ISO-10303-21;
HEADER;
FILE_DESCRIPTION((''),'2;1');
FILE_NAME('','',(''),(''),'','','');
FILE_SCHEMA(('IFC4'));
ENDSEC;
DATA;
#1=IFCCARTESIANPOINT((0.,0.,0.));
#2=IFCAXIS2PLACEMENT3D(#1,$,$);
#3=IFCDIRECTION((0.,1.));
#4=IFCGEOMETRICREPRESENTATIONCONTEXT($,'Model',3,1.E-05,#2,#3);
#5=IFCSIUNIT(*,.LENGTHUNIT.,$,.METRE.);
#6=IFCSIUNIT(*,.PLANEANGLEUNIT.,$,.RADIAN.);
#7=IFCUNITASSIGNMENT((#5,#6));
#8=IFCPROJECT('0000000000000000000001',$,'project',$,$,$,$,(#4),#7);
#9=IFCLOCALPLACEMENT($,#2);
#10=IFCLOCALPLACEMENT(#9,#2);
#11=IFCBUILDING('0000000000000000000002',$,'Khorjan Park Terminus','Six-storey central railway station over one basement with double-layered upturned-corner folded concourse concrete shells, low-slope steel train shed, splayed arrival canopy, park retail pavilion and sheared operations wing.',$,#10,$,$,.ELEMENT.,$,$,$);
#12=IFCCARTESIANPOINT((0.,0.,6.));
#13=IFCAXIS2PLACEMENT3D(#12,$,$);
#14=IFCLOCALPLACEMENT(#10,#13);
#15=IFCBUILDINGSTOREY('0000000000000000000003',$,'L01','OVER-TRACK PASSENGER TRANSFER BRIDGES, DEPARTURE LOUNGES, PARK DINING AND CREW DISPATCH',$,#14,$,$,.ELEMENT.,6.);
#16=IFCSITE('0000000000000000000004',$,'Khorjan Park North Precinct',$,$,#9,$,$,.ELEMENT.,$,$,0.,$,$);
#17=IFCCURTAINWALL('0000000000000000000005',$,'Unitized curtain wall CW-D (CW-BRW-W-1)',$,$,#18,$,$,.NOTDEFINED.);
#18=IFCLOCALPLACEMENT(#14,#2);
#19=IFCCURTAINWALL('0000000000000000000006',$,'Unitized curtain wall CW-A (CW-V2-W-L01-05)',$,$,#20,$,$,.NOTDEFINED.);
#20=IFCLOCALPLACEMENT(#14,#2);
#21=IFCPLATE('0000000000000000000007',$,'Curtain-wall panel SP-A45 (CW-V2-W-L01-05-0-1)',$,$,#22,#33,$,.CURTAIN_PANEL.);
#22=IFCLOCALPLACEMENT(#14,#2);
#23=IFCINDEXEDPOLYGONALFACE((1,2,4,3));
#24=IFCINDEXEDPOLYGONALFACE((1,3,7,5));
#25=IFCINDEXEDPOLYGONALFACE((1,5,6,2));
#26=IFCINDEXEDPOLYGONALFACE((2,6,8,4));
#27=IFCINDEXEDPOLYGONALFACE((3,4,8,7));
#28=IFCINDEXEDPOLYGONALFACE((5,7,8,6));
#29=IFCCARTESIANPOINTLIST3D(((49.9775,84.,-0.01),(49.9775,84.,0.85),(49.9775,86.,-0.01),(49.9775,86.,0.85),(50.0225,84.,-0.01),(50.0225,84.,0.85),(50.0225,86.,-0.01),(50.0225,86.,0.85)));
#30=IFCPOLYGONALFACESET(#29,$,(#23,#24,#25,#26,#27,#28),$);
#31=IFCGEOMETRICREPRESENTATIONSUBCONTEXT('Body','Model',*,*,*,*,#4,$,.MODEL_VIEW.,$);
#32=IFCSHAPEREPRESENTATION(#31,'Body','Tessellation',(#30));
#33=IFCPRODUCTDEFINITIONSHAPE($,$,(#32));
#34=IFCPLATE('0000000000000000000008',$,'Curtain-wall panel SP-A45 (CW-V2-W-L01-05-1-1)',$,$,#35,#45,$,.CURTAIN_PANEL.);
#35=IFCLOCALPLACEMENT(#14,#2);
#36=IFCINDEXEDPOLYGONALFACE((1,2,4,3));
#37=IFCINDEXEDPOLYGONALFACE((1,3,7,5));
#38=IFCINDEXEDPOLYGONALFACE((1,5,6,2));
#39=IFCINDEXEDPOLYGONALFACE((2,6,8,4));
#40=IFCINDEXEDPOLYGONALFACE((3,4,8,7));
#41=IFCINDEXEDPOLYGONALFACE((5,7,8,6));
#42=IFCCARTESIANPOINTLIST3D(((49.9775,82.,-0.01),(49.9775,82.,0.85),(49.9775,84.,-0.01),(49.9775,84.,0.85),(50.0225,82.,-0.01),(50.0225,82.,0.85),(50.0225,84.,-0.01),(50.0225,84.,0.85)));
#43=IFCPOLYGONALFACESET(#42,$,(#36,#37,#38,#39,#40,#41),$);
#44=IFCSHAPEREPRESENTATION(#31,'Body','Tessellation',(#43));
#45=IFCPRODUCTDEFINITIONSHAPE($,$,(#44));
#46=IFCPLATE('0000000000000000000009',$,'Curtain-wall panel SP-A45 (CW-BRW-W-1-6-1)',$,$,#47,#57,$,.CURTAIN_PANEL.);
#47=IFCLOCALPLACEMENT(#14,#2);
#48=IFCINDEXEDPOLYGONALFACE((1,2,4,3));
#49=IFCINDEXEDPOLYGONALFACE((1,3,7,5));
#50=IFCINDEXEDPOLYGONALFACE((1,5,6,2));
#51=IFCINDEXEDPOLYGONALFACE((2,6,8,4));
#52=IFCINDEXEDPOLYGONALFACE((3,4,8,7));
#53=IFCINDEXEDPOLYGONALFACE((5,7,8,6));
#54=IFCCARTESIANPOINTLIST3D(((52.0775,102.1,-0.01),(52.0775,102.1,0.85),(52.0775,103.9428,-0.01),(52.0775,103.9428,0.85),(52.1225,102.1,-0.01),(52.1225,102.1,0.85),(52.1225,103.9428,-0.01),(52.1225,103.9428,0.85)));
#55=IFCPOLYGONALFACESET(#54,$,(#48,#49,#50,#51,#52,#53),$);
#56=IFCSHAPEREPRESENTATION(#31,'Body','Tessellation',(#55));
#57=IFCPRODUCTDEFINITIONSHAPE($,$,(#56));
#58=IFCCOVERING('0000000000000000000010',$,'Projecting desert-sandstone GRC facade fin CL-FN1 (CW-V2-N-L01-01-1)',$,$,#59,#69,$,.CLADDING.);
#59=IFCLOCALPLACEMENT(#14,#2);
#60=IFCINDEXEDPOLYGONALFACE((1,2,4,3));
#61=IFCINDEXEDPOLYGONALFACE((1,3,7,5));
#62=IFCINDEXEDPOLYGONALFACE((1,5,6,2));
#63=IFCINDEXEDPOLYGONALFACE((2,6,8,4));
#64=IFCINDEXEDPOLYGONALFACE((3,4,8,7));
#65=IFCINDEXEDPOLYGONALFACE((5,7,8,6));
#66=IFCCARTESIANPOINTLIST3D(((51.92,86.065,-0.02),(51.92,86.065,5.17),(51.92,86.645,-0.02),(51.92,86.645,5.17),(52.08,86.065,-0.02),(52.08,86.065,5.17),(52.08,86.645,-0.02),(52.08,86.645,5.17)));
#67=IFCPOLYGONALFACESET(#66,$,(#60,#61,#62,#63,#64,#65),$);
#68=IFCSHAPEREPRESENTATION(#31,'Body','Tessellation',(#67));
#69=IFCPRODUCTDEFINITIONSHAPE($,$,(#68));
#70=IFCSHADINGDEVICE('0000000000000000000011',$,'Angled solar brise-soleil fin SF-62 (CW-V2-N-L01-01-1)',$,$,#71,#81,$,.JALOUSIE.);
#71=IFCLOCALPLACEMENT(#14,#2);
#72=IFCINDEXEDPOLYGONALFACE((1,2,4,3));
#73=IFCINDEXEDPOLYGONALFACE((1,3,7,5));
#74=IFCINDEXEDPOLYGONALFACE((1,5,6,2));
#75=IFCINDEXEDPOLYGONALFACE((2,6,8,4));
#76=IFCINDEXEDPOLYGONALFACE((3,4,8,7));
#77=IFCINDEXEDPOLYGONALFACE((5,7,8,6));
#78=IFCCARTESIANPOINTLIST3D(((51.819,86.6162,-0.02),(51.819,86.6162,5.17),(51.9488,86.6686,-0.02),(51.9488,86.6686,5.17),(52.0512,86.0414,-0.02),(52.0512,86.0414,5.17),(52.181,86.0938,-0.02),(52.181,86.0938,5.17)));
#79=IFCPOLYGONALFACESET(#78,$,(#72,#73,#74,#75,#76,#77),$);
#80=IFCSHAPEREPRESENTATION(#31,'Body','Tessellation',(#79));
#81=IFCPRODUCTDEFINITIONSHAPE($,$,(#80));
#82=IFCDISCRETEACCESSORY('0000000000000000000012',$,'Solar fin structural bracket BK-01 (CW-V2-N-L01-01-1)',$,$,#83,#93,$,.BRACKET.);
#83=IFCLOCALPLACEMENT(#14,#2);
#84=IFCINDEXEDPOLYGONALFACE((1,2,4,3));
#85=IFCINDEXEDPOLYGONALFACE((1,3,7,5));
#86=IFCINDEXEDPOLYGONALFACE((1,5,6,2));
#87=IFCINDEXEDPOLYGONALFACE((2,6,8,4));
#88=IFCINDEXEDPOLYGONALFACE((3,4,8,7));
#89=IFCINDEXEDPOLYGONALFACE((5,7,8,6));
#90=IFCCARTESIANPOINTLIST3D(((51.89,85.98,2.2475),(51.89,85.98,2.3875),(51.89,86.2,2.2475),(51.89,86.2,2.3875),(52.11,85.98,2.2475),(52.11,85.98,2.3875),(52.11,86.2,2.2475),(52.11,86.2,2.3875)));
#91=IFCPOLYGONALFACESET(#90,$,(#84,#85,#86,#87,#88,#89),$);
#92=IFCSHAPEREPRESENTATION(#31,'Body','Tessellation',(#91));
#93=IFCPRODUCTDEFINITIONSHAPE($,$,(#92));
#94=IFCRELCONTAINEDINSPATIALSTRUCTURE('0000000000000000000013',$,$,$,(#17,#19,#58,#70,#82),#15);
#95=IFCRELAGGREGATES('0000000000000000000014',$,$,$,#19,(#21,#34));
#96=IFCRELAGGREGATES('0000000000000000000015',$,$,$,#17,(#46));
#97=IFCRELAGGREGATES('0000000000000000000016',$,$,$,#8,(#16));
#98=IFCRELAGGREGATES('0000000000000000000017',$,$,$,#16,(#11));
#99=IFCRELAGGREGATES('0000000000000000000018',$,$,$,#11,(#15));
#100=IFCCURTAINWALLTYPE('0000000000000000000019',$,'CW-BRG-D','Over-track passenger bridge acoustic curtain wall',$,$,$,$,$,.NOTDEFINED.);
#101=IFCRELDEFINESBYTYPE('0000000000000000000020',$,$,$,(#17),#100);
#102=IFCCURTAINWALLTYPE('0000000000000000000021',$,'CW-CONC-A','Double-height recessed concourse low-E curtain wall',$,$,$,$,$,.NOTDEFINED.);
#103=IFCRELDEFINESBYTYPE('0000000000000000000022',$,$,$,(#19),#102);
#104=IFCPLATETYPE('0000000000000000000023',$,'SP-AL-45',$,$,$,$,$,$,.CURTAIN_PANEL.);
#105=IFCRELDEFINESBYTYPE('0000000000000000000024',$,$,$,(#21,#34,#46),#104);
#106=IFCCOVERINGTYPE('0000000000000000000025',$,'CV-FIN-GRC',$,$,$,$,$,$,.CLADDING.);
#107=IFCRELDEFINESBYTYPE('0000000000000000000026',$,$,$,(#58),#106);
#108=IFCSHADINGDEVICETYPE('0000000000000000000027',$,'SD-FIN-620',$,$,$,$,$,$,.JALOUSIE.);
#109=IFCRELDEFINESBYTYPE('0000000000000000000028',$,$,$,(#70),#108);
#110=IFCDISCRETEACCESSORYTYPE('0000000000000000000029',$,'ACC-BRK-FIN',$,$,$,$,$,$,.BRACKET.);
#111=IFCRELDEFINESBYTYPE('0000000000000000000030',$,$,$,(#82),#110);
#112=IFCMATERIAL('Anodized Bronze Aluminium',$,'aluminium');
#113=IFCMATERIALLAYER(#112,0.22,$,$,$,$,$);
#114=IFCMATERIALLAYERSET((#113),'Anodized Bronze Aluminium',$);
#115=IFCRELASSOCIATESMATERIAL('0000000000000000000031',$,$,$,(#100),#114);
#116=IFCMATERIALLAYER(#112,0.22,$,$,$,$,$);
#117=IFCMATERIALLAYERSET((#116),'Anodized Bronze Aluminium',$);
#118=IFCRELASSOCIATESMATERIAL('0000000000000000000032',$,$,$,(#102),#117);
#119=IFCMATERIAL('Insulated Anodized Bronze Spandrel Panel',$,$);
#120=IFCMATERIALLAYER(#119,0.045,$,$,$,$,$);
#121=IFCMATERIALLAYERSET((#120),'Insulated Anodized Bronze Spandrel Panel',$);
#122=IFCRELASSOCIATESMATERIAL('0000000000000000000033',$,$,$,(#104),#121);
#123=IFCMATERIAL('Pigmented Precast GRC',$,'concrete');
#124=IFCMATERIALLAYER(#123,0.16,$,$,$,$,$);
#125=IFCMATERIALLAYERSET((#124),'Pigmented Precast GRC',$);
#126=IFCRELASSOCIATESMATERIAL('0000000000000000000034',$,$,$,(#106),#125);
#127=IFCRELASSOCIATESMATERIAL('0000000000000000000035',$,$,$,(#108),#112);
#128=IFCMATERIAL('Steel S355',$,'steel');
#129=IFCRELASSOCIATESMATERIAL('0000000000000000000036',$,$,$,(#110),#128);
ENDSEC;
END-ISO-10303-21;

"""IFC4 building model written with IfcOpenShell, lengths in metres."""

from ifc_helpers import new_model, si_unit, direction, frame, origin, origin_2d, place, context, subcontext, project, spatial, rectangle, extrude, material, layer, layer_set, type_object, element, aggregate, save


model = new_model("IFC4")

# Units and contexts
model_context = context("Model", 3, precision=1e-05, world=origin(), true_north=direction((0.0, 1.0)))
body_context = subcontext(model_context, "Body", "Model", "MODEL_VIEW")
ifc_project = project(units=[si_unit("LENGTHUNIT", "METRE"), si_unit("PLANEANGLEUNIT", "RADIAN")], contexts=[model_context])

# Site, building, storey
site_placement = place(None, origin())
site = spatial("IfcSite", under=ifc_project, at=site_placement, Name="Khorjan Park North Precinct", CompositionType="ELEMENT", RefElevation=0.0)
building_placement = place(site_placement, origin())
building = spatial("IfcBuilding", under=site, at=building_placement, Name="Khorjan Park Terminus", Description="Six-storey central railway station over one basement with double-layered upturned-corner folded concourse concrete shells, low-slope steel train shed, splayed arrival canopy, park retail pavilion and sheared operations wing.", CompositionType="ELEMENT")
storey_placement = place(building_placement, frame((0.0, 0.0, 6.0)))
storey = spatial("IfcBuildingStorey", under=building, at=storey_placement, Name="L01", Description="OVER-TRACK PASSENGER TRANSFER BRIDGES, DEPARTURE LOUNGES, PARK DINING AND CREW DISPATCH", CompositionType="ELEMENT", Elevation=6.0)

# Curtain wall
ifc_material_1 = material(Name="Anodized Bronze Aluminium", Category="aluminium")
ifc_layer_1 = layer(ifc_material_1, 0.22)
ifc_layer_set_1 = layer_set([ifc_layer_1], Name="Anodized Bronze Aluminium")
curtain_wall_type_1 = type_object("IfcCurtainWallType", Name="CW-BRG-D", Description="Over-track passenger bridge acoustic curtain wall", PredefinedType="NOTDEFINED", material=ifc_layer_set_1)
curtain_wall_1_placement = place(storey_placement, origin())
curtain_wall_1 = element("IfcCurtainWall", 1, at=curtain_wall_1_placement, inside=storey, type_object=curtain_wall_type_1, Name="Unitized curtain wall CW-D (CW-BRW-W-1)", PredefinedType="NOTDEFINED")
ifc_layer_2 = layer(ifc_material_1, 0.22)
ifc_layer_set_2 = layer_set([ifc_layer_2], Name="Anodized Bronze Aluminium")
curtain_wall_type_2 = type_object("IfcCurtainWallType", Name="CW-CONC-A", Description="Double-height recessed concourse low-E curtain wall", PredefinedType="NOTDEFINED", material=ifc_layer_set_2)

# Curtain wall
curtain_wall_2_placement = place(storey_placement, origin())
curtain_wall_2 = element("IfcCurtainWall", 2, at=curtain_wall_2_placement, inside=storey, type_object=curtain_wall_type_2, Name="Unitized curtain wall CW-A (CW-V2-W-L01-05)", PredefinedType="NOTDEFINED")

# Plates
ifc_material_2 = material(Name="Insulated Anodized Bronze Spandrel Panel")
ifc_layer_3 = layer(ifc_material_2, 0.045)
ifc_layer_set_3 = layer_set([ifc_layer_3], Name="Insulated Anodized Bronze Spandrel Panel")
plate_type_1 = type_object("IfcPlateType", Name="SP-AL-45", PredefinedType="CURTAIN_PANEL", material=ifc_layer_set_3)
plate_1_placement = place(storey_placement, frame((50.0, 85.0, -0.01), z_axis=(0.0, 0.0, 1.0), x_axis=(0.0, -1.0, 0.0)))
plate_1 = element("IfcPlate", 3, at=plate_1_placement, type_object=plate_type_1, Name="Curtain-wall panel SP-A45 (CW-V2-W-L01-05-0-1)", PredefinedType="CURTAIN_PANEL", context=body_context, shape_type="SweptSolid", body=[
    extrude(rectangle(XDim=2.0, YDim=0.045, at=origin_2d()), origin(), (0.0, 0.0, 1.0), 0.86),
])
plate_2_placement = place(storey_placement, frame((50.0, 83.0, -0.01), z_axis=(0.0, 0.0, 1.0), x_axis=(0.0, -1.0, 0.0)))
plate_2 = element("IfcPlate", 4, at=plate_2_placement, type_object=plate_type_1, Name="Curtain-wall panel SP-A45 (CW-V2-W-L01-05-1-1)", PredefinedType="CURTAIN_PANEL", context=body_context, shape_type="SweptSolid", body=[
    extrude(rectangle(XDim=2.0, YDim=0.045, at=origin_2d()), origin(), (0.0, 0.0, 1.0), 0.86),
])
aggregate(curtain_wall_2, [plate_1, plate_2])
plate_3_placement = place(storey_placement, frame((52.1, 103.0214, -0.01), z_axis=(0.0, 0.0, 1.0), x_axis=(0.0, -1.0, 0.0)))
plate_3 = element("IfcPlate", 5, at=plate_3_placement, type_object=plate_type_1, Name="Curtain-wall panel SP-A45 (CW-BRW-W-1-6-1)", PredefinedType="CURTAIN_PANEL", context=body_context, shape_type="SweptSolid", body=[
    extrude(rectangle(XDim=1.8429, YDim=0.045, at=origin_2d()), origin(), (0.0, 0.0, 1.0), 0.86),
])
aggregate(curtain_wall_1, [plate_3])

# Covering
ifc_material_3 = material(Name="Pigmented Precast GRC", Category="concrete")
ifc_layer_4 = layer(ifc_material_3, 0.16)
ifc_layer_set_4 = layer_set([ifc_layer_4], Name="Pigmented Precast GRC")
covering_type = type_object("IfcCoveringType", Name="CV-FIN-GRC", PredefinedType="CLADDING", material=ifc_layer_set_4)
covering_placement = place(storey_placement, frame((52.0, 86.355, -0.02), z_axis=(0.0, 0.0, 1.0), x_axis=(0.0, -1.0, 0.0)))
element("IfcCovering", 6, at=covering_placement, inside=storey, type_object=covering_type, Name="Projecting desert-sandstone GRC facade fin CL-FN1 (CW-V2-N-L01-01-1)", PredefinedType="CLADDING", context=body_context, shape_type="SweptSolid", body=[
    extrude(rectangle(XDim=0.58, YDim=0.16, at=origin_2d()), origin(), (0.0, 0.0, 1.0), 5.19),
])

# Shading device
shading_device_type = type_object("IfcShadingDeviceType", Name="SD-FIN-620", PredefinedType="JALOUSIE", material=ifc_material_1)
shading_device_placement = place(storey_placement, frame((52.0, 86.355, -0.02), z_axis=(0.0, 0.0, 1.0), x_axis=(0.374607, -0.927184, 0.0)))
element("IfcShadingDevice", 7, at=shading_device_placement, inside=storey, type_object=shading_device_type, Name="Angled solar brise-soleil fin SF-62 (CW-V2-N-L01-01-1)", PredefinedType="JALOUSIE", context=body_context, shape_type="SweptSolid", body=[
    extrude(rectangle(XDim=0.62, YDim=0.14, at=origin_2d()), origin(), (0.0, 0.0, 1.0), 5.19),
])

# Discrete accessory
ifc_material_4 = material(Name="Steel S355", Category="steel")
discrete_accessory_type = type_object("IfcDiscreteAccessoryType", Name="ACC-BRK-FIN", PredefinedType="BRACKET", material=ifc_material_4)
discrete_accessory_placement = place(storey_placement, frame((52.0, 86.09, 2.2475), z_axis=(0.0, 0.0, 1.0), x_axis=(-1.0, 0.0, 0.0)))
element("IfcDiscreteAccessory", 8, at=discrete_accessory_placement, inside=storey, type_object=discrete_accessory_type, Name="Solar fin structural bracket BK-01 (CW-V2-N-L01-01-1)", PredefinedType="BRACKET", context=body_context, shape_type="SweptSolid", body=[
    extrude(rectangle(XDim=0.22, YDim=0.22, at=origin_2d()), origin(), (0.0, 0.0, 1.0), 0.14),
])

save(model, "model.ifc")
